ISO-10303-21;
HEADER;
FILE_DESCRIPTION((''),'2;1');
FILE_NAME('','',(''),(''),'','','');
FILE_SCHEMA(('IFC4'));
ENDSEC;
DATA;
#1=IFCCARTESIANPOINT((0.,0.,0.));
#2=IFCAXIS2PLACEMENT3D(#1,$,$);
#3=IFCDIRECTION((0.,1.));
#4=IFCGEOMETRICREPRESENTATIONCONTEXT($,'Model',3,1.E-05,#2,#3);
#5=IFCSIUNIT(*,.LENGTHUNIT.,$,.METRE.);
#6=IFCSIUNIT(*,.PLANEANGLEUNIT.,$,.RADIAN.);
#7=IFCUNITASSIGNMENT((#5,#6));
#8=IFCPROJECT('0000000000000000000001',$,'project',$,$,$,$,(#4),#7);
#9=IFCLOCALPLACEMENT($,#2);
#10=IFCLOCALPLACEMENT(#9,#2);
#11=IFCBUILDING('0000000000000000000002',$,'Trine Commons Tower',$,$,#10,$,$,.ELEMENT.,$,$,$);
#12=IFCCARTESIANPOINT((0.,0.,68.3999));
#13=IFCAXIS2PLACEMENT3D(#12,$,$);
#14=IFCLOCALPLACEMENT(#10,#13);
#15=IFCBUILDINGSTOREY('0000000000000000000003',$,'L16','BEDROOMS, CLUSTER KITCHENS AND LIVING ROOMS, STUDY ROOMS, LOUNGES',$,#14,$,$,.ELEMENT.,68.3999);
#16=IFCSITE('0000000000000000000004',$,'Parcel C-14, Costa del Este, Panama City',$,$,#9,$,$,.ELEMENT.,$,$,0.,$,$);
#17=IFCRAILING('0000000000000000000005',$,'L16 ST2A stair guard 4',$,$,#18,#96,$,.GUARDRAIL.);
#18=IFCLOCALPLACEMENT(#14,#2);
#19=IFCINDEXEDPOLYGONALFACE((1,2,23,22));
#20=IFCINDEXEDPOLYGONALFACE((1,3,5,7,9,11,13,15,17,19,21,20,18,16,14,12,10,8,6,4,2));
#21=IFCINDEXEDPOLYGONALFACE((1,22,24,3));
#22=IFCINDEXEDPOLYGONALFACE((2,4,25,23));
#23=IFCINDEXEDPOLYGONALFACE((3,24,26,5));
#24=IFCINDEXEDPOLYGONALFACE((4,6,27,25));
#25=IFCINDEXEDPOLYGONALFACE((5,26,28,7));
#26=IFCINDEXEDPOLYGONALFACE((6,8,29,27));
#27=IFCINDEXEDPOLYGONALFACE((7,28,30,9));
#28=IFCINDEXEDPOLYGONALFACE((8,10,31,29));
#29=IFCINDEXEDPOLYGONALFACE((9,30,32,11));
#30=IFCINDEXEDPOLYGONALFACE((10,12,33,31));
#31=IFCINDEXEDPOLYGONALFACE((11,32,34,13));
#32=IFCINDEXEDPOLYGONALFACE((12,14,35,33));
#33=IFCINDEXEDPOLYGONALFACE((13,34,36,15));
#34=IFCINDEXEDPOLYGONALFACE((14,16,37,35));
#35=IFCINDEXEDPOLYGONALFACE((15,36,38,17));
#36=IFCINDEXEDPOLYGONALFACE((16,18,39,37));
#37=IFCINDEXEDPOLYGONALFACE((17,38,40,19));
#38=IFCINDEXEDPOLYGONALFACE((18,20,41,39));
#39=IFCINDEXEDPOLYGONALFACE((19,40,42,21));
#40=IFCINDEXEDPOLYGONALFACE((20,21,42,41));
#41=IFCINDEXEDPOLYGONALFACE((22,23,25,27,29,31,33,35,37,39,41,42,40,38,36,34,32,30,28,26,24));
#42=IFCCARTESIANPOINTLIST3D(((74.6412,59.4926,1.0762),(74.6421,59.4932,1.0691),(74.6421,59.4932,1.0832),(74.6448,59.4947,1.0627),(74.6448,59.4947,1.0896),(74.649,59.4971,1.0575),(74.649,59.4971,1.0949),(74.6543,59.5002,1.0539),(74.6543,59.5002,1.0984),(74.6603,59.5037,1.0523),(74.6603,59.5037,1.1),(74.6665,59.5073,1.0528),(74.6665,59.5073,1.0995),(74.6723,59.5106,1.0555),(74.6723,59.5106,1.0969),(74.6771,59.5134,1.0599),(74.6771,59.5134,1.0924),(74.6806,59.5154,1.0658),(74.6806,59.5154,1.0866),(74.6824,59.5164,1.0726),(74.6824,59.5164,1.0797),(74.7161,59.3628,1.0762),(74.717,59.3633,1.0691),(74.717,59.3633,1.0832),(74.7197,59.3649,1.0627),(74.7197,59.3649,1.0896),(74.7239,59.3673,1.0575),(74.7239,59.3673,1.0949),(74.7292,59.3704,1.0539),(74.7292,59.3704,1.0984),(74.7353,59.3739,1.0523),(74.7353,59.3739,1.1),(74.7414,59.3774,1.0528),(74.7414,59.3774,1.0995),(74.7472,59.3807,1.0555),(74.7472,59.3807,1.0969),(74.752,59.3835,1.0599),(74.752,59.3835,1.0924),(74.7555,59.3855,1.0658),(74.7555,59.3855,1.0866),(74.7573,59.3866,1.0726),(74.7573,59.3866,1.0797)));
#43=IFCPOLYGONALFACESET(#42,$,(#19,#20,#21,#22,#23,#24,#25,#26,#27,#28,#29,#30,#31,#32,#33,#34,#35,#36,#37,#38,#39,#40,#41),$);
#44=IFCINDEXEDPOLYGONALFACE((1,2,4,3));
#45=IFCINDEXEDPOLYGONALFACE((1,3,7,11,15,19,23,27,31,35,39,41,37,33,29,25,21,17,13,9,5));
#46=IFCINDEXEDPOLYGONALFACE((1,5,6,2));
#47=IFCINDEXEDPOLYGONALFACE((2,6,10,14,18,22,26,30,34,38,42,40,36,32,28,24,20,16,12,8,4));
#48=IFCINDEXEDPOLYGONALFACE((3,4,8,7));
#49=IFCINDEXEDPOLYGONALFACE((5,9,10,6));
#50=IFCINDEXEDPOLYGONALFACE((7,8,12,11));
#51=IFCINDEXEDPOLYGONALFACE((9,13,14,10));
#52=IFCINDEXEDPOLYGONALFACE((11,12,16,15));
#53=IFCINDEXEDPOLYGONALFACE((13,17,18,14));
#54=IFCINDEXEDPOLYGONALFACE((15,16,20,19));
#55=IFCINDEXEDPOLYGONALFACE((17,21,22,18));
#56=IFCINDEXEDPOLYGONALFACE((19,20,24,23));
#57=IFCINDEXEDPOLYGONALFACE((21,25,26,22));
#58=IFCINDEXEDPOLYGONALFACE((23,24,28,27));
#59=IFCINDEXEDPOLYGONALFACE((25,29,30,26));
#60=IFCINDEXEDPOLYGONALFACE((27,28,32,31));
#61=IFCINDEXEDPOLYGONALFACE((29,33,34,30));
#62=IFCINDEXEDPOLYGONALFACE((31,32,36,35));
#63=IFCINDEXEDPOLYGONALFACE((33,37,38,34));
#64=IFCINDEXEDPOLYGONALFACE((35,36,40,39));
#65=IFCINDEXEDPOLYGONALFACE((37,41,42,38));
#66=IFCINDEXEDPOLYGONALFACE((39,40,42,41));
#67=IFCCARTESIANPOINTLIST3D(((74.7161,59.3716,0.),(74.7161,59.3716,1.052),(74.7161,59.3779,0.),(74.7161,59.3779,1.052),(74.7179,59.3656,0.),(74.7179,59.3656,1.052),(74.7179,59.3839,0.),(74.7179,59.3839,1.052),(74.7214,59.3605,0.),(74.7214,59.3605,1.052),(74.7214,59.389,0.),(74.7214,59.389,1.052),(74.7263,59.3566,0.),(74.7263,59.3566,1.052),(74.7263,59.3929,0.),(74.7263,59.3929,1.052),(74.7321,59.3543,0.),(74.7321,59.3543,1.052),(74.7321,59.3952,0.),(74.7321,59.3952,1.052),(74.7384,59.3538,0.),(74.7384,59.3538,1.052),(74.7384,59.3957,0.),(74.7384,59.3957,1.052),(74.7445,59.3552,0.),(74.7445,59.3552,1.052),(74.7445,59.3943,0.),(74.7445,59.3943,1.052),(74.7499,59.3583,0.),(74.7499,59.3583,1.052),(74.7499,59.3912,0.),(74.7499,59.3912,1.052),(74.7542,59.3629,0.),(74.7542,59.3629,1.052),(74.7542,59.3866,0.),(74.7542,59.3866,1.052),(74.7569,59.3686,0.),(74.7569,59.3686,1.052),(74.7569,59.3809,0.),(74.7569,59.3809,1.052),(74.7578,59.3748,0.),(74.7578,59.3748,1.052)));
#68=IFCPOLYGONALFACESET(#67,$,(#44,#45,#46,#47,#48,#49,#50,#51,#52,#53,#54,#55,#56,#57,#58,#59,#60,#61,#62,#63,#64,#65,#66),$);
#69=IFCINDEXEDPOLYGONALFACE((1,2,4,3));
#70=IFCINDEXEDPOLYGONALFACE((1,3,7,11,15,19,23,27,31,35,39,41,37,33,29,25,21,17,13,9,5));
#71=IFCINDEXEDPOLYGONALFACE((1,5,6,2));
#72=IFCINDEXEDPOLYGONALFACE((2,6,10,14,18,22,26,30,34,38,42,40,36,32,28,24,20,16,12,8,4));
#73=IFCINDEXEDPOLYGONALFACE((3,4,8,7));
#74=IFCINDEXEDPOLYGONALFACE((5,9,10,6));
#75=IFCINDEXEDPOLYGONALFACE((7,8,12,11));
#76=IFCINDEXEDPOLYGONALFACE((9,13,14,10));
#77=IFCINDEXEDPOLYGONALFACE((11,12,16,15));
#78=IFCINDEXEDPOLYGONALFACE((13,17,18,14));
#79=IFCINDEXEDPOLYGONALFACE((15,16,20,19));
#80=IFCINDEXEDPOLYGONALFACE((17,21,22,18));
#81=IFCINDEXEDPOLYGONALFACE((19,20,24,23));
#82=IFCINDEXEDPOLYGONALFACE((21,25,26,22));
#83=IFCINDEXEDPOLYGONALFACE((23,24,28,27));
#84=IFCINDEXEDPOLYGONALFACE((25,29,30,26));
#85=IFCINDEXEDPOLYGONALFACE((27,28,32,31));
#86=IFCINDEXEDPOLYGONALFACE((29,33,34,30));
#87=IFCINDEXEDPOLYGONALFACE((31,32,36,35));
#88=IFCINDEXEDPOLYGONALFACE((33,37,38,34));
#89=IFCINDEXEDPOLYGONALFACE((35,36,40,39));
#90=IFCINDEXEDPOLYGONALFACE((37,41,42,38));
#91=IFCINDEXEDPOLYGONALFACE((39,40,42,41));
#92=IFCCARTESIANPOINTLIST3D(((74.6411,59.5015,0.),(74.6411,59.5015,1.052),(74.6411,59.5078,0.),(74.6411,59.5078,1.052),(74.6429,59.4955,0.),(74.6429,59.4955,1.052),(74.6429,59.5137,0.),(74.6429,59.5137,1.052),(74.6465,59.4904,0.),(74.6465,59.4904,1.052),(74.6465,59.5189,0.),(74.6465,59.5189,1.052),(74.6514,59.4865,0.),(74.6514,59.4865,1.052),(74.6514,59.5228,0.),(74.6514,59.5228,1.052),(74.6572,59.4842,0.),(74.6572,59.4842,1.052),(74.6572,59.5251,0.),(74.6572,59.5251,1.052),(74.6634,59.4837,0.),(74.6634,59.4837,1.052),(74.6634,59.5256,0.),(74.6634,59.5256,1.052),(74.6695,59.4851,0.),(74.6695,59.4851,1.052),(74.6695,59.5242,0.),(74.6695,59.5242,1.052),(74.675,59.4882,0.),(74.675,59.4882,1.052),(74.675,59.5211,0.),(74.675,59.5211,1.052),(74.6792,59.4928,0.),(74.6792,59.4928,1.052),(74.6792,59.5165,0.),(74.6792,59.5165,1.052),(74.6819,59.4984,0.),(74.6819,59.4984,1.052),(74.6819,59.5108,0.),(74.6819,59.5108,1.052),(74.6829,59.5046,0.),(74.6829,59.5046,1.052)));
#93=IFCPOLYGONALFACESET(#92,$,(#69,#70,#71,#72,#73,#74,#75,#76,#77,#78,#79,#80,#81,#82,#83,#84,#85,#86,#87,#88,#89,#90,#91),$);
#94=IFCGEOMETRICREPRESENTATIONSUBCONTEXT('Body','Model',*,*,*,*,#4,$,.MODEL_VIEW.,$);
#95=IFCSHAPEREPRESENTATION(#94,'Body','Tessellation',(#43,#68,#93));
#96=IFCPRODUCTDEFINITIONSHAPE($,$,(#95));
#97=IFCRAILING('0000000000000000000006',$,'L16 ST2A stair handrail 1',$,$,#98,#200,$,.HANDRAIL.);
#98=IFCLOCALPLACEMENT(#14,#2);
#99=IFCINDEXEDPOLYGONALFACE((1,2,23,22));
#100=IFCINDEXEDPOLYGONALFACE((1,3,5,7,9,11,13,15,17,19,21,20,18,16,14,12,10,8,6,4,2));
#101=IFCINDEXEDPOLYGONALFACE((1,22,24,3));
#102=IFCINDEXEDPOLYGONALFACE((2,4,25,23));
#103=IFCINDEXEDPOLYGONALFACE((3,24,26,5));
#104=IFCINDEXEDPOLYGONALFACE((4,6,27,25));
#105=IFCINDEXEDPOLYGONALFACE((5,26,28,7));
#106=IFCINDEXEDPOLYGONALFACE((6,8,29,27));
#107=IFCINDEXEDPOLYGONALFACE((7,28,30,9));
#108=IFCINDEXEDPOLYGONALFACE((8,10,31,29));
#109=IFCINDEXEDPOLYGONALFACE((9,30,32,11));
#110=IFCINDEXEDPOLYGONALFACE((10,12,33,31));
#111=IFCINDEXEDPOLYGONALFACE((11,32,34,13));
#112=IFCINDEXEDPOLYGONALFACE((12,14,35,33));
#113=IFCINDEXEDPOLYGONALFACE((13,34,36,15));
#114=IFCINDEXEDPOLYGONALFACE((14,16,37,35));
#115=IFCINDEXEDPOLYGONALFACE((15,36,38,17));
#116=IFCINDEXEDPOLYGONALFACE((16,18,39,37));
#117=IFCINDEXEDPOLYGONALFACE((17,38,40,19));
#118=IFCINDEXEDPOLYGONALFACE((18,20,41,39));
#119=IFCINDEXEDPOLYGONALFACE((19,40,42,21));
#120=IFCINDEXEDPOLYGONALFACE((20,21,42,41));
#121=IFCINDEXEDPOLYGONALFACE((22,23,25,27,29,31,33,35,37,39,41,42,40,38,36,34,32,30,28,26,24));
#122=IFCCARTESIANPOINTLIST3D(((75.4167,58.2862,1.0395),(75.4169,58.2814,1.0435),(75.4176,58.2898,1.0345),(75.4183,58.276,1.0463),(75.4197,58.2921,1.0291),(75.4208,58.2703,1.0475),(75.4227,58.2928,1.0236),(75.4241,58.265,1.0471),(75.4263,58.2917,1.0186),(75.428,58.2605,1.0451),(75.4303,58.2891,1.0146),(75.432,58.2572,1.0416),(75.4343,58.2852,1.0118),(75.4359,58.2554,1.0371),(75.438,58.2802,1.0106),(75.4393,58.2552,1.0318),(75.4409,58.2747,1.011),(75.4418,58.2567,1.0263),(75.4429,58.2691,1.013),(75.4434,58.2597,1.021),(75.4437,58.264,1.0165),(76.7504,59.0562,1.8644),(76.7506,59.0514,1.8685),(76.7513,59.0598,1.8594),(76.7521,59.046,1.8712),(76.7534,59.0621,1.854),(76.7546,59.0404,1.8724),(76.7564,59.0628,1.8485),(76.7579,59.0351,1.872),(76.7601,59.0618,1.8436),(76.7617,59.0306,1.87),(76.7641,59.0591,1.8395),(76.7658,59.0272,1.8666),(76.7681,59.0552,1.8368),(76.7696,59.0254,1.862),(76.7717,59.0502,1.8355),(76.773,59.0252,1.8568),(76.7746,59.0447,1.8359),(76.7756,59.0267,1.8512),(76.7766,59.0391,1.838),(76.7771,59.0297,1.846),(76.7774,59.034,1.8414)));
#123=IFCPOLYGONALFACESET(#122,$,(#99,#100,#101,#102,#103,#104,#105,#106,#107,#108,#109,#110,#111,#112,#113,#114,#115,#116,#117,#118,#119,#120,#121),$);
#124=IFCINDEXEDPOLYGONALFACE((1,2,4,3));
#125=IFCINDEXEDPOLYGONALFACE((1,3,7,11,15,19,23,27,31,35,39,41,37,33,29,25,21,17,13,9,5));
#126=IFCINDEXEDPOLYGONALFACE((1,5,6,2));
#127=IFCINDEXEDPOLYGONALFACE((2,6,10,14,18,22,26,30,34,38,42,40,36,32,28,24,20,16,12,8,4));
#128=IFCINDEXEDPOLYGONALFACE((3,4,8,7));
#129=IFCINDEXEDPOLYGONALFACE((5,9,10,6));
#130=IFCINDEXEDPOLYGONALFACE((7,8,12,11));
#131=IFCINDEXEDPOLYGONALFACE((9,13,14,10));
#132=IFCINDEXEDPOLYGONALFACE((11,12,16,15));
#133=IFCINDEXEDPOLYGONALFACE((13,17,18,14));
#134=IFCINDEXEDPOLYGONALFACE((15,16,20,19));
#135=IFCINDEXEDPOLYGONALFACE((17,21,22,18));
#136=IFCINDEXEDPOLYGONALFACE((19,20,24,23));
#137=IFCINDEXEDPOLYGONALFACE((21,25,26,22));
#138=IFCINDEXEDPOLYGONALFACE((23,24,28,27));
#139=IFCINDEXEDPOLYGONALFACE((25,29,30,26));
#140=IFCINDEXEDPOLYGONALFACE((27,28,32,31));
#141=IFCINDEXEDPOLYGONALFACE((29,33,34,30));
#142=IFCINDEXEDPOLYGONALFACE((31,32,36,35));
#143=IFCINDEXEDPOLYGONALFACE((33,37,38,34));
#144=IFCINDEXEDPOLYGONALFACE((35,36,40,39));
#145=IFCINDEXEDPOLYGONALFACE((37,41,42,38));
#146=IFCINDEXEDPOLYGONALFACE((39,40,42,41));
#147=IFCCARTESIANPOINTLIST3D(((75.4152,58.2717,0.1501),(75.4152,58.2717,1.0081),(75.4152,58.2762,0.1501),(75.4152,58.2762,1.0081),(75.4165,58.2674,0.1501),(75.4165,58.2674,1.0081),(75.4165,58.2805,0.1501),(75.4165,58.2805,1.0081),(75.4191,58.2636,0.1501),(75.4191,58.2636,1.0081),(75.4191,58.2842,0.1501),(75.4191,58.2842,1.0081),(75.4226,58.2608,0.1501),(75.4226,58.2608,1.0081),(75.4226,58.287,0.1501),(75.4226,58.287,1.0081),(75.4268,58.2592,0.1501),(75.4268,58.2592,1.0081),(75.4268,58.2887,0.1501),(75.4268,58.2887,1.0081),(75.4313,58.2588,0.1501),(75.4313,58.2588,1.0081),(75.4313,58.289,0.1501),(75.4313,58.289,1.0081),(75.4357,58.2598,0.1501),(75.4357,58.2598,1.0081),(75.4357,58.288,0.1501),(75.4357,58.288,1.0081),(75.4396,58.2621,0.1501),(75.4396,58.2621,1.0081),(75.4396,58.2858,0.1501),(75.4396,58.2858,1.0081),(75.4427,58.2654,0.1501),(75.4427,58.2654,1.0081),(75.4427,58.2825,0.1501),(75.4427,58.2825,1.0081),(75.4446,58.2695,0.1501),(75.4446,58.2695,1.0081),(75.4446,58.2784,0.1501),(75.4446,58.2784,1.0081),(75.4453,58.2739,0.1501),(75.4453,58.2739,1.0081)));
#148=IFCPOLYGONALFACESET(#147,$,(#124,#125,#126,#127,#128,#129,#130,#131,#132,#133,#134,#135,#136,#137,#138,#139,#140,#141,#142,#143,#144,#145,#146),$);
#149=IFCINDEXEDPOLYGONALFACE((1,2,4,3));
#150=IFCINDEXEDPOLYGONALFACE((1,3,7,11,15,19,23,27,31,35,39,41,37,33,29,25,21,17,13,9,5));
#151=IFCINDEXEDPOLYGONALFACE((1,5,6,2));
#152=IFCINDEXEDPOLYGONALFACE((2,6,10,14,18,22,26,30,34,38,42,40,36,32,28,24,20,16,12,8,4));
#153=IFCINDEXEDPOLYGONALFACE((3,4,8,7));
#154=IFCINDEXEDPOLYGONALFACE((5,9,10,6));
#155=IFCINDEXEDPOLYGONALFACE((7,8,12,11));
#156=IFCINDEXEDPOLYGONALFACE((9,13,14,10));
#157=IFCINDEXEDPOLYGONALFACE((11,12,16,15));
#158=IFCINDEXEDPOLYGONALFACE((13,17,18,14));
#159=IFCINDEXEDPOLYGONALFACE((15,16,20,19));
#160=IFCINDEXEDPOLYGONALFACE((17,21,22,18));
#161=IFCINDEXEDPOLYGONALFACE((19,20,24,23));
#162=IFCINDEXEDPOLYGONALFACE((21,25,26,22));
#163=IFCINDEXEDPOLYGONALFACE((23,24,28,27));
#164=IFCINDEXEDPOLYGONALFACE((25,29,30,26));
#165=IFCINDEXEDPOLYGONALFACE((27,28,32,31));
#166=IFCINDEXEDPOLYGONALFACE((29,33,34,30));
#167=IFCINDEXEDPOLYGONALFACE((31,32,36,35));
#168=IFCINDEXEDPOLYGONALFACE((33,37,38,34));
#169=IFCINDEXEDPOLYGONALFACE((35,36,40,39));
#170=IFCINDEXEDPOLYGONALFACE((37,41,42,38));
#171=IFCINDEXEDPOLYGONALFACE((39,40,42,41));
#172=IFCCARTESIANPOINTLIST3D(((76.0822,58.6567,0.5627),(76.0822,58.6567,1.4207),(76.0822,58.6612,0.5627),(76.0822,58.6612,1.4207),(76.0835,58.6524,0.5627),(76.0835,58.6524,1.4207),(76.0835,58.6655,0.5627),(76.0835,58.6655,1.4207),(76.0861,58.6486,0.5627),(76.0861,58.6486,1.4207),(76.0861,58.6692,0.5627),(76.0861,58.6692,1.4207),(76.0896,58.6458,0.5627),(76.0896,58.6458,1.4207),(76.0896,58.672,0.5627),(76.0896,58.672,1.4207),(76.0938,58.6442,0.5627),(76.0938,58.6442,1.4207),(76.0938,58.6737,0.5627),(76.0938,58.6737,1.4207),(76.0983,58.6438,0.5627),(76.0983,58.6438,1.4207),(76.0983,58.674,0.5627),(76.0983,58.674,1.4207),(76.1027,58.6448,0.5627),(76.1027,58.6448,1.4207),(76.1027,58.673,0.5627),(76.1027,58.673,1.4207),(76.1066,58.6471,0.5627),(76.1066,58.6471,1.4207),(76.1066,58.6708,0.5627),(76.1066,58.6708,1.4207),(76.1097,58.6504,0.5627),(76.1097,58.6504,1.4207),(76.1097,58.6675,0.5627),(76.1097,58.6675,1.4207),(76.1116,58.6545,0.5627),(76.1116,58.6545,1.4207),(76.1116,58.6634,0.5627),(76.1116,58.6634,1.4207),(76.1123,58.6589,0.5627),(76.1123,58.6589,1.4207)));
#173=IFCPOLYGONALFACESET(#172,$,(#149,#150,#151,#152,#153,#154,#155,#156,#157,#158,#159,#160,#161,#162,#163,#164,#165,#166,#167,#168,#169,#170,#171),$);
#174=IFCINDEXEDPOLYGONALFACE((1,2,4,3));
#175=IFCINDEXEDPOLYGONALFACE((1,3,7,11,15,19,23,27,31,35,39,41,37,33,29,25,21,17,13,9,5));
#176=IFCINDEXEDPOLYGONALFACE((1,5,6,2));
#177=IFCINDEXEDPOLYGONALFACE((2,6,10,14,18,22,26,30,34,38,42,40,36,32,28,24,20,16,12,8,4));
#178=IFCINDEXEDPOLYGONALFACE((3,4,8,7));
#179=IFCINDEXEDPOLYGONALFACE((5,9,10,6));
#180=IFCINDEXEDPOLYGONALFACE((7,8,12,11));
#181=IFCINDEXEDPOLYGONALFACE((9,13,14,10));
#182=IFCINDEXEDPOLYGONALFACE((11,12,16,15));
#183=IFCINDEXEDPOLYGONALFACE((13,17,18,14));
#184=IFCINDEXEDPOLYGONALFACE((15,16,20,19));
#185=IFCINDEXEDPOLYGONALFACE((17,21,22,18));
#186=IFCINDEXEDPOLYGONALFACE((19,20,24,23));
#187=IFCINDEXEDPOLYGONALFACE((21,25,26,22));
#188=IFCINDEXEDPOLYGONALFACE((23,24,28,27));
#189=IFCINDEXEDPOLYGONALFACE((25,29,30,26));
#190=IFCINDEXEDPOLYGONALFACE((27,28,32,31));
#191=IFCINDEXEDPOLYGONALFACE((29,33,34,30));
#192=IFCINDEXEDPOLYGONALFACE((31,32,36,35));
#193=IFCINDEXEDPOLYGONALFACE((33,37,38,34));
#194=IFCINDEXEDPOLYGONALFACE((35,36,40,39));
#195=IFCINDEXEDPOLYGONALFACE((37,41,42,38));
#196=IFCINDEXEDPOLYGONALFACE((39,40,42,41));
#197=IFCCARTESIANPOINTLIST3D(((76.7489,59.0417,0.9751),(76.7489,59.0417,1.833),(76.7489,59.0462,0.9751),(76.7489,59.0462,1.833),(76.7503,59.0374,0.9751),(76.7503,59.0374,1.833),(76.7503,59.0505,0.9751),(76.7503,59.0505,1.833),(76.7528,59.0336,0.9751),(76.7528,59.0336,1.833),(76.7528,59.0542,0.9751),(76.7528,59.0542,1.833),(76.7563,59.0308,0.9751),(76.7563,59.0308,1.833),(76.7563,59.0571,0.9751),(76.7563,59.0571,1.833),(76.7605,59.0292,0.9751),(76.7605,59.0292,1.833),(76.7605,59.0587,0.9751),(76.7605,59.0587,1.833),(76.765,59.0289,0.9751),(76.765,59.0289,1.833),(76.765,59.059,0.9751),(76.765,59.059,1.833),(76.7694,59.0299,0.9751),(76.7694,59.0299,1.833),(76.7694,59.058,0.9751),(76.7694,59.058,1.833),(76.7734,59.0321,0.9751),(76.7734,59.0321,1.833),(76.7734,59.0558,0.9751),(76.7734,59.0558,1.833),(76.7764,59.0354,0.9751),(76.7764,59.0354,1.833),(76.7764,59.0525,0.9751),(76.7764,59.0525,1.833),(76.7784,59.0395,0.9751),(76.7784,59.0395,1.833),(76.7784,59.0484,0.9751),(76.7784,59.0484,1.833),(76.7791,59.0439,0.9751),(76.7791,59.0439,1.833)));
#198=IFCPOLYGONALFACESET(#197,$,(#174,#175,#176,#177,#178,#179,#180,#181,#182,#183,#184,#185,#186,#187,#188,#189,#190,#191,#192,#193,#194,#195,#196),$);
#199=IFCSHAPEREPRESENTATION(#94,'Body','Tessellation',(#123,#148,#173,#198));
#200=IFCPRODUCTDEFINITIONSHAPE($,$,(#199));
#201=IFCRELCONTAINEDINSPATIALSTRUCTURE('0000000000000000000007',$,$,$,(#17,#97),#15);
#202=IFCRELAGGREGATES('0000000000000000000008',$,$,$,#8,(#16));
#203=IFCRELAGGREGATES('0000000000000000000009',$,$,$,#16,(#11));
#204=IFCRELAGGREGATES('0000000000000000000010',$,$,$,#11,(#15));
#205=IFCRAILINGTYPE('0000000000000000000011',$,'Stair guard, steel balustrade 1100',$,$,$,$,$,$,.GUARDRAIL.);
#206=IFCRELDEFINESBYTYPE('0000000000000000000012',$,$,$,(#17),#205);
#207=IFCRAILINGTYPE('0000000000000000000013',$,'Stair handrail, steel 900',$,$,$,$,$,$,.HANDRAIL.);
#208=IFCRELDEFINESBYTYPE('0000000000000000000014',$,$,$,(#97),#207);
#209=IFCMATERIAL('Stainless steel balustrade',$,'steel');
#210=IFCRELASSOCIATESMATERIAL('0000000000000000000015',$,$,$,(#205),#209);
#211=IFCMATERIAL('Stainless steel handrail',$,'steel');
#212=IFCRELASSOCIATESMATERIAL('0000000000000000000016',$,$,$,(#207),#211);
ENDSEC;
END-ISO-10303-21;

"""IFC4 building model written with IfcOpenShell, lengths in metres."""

from ifc_helpers import new_model, si_unit, direction, frame, origin, origin_2d, place, context, subcontext, project, spatial, circle, extrude, material, type_object, element, save


model = new_model("IFC4")

# Units and contexts
model_context = context("Model", 3, precision=1e-05, world=origin(), true_north=direction((0.0, 1.0)))
body_context = subcontext(model_context, "Body", "Model", "MODEL_VIEW")
ifc_project = project(units=[si_unit("LENGTHUNIT", "METRE"), si_unit("PLANEANGLEUNIT", "RADIAN")], contexts=[model_context])

# Site, building, storey
site_placement = place(None, origin())
site = spatial("IfcSite", under=ifc_project, at=site_placement, Name="Parcel C-14, Costa del Este, Panama City", CompositionType="ELEMENT", RefElevation=0.0)
building_placement = place(site_placement, origin())
building = spatial("IfcBuilding", under=site, at=building_placement, Name="Trine Commons Tower", CompositionType="ELEMENT")
storey_placement = place(building_placement, frame((0.0, 0.0, 68.3999)))
storey = spatial("IfcBuildingStorey", under=building, at=storey_placement, Name="L16", Description="BEDROOMS, CLUSTER KITCHENS AND LIVING ROOMS, STUDY ROOMS, LOUNGES", CompositionType="ELEMENT", Elevation=68.3999)

# Railings
ifc_material_1 = material(Name="Stainless steel balustrade", Category="steel")
railing_type_1 = type_object("IfcRailingType", Name="Stair guard, steel balustrade 1100", PredefinedType="GUARDRAIL", material=ifc_material_1)
railing_1_placement = place(storey_placement, frame((74.7368, 59.3748, 0.0)))
element("IfcRailing", 1, at=railing_1_placement, inside=storey, type_object=railing_type_1, Name="L16 ST2A stair guard 4", PredefinedType="GUARDRAIL", context=body_context, shape_type="SweptSolid", body=[
    extrude(circle(Radius=0.0239, at=origin_2d()), frame((0.0, 0.0, 1.0762), z_axis=(-0.499816, 0.866131, 0.0), x_axis=(-0.866131, -0.499816, 0.0)), (0.0, 0.0, 1.0), 0.1499),
    extrude(circle(Radius=0.021, at=origin_2d()), origin(), (0.0, 0.0, 1.0), 1.052),
    extrude(circle(Radius=0.021, at=origin_2d()), frame((-0.075, 0.1299, 0.0)), (0.0, 0.0, 1.0), 1.052),
])
ifc_material_2 = material(Name="Stainless steel handrail", Category="steel")
railing_type_2 = type_object("IfcRailingType", Name="Stair handrail, steel 900", PredefinedType="HANDRAIL", material=ifc_material_2)
for number, where, name in (
    (2, (75.4302, 58.2739, 0.1501), "L16 ST2A stair handrail 1"),
):
    element("IfcRailing", number, at=place(storey_placement, frame(where)), inside=storey, type_object=railing_type_2, Name=name, PredefinedType="HANDRAIL", context=body_context, shape_type="SweptSolid", body=[
        extrude(circle(Radius=0.021, at=origin_2d()), frame((0.0, 0.0, 0.8789), z_axis=(0.763405, 0.440743, 0.472185), x_axis=(-0.499992, 0.86603, 0.0)), (0.0, 0.0, 1.0), 1.7471),
        extrude(circle(Radius=0.0151, at=origin_2d()), origin(), (0.0, 0.0, 1.0), 0.8579),
        extrude(circle(Radius=0.0151, at=origin_2d()), frame((0.667, 0.385, 0.4126)), (0.0, 0.0, 1.0), 0.8579),
        extrude(circle(Radius=0.0151, at=origin_2d()), frame((1.3337, 0.77, 0.825)), (0.0, 0.0, 1.0), 0.8579),
    ])

save(model, "model.ifc")
